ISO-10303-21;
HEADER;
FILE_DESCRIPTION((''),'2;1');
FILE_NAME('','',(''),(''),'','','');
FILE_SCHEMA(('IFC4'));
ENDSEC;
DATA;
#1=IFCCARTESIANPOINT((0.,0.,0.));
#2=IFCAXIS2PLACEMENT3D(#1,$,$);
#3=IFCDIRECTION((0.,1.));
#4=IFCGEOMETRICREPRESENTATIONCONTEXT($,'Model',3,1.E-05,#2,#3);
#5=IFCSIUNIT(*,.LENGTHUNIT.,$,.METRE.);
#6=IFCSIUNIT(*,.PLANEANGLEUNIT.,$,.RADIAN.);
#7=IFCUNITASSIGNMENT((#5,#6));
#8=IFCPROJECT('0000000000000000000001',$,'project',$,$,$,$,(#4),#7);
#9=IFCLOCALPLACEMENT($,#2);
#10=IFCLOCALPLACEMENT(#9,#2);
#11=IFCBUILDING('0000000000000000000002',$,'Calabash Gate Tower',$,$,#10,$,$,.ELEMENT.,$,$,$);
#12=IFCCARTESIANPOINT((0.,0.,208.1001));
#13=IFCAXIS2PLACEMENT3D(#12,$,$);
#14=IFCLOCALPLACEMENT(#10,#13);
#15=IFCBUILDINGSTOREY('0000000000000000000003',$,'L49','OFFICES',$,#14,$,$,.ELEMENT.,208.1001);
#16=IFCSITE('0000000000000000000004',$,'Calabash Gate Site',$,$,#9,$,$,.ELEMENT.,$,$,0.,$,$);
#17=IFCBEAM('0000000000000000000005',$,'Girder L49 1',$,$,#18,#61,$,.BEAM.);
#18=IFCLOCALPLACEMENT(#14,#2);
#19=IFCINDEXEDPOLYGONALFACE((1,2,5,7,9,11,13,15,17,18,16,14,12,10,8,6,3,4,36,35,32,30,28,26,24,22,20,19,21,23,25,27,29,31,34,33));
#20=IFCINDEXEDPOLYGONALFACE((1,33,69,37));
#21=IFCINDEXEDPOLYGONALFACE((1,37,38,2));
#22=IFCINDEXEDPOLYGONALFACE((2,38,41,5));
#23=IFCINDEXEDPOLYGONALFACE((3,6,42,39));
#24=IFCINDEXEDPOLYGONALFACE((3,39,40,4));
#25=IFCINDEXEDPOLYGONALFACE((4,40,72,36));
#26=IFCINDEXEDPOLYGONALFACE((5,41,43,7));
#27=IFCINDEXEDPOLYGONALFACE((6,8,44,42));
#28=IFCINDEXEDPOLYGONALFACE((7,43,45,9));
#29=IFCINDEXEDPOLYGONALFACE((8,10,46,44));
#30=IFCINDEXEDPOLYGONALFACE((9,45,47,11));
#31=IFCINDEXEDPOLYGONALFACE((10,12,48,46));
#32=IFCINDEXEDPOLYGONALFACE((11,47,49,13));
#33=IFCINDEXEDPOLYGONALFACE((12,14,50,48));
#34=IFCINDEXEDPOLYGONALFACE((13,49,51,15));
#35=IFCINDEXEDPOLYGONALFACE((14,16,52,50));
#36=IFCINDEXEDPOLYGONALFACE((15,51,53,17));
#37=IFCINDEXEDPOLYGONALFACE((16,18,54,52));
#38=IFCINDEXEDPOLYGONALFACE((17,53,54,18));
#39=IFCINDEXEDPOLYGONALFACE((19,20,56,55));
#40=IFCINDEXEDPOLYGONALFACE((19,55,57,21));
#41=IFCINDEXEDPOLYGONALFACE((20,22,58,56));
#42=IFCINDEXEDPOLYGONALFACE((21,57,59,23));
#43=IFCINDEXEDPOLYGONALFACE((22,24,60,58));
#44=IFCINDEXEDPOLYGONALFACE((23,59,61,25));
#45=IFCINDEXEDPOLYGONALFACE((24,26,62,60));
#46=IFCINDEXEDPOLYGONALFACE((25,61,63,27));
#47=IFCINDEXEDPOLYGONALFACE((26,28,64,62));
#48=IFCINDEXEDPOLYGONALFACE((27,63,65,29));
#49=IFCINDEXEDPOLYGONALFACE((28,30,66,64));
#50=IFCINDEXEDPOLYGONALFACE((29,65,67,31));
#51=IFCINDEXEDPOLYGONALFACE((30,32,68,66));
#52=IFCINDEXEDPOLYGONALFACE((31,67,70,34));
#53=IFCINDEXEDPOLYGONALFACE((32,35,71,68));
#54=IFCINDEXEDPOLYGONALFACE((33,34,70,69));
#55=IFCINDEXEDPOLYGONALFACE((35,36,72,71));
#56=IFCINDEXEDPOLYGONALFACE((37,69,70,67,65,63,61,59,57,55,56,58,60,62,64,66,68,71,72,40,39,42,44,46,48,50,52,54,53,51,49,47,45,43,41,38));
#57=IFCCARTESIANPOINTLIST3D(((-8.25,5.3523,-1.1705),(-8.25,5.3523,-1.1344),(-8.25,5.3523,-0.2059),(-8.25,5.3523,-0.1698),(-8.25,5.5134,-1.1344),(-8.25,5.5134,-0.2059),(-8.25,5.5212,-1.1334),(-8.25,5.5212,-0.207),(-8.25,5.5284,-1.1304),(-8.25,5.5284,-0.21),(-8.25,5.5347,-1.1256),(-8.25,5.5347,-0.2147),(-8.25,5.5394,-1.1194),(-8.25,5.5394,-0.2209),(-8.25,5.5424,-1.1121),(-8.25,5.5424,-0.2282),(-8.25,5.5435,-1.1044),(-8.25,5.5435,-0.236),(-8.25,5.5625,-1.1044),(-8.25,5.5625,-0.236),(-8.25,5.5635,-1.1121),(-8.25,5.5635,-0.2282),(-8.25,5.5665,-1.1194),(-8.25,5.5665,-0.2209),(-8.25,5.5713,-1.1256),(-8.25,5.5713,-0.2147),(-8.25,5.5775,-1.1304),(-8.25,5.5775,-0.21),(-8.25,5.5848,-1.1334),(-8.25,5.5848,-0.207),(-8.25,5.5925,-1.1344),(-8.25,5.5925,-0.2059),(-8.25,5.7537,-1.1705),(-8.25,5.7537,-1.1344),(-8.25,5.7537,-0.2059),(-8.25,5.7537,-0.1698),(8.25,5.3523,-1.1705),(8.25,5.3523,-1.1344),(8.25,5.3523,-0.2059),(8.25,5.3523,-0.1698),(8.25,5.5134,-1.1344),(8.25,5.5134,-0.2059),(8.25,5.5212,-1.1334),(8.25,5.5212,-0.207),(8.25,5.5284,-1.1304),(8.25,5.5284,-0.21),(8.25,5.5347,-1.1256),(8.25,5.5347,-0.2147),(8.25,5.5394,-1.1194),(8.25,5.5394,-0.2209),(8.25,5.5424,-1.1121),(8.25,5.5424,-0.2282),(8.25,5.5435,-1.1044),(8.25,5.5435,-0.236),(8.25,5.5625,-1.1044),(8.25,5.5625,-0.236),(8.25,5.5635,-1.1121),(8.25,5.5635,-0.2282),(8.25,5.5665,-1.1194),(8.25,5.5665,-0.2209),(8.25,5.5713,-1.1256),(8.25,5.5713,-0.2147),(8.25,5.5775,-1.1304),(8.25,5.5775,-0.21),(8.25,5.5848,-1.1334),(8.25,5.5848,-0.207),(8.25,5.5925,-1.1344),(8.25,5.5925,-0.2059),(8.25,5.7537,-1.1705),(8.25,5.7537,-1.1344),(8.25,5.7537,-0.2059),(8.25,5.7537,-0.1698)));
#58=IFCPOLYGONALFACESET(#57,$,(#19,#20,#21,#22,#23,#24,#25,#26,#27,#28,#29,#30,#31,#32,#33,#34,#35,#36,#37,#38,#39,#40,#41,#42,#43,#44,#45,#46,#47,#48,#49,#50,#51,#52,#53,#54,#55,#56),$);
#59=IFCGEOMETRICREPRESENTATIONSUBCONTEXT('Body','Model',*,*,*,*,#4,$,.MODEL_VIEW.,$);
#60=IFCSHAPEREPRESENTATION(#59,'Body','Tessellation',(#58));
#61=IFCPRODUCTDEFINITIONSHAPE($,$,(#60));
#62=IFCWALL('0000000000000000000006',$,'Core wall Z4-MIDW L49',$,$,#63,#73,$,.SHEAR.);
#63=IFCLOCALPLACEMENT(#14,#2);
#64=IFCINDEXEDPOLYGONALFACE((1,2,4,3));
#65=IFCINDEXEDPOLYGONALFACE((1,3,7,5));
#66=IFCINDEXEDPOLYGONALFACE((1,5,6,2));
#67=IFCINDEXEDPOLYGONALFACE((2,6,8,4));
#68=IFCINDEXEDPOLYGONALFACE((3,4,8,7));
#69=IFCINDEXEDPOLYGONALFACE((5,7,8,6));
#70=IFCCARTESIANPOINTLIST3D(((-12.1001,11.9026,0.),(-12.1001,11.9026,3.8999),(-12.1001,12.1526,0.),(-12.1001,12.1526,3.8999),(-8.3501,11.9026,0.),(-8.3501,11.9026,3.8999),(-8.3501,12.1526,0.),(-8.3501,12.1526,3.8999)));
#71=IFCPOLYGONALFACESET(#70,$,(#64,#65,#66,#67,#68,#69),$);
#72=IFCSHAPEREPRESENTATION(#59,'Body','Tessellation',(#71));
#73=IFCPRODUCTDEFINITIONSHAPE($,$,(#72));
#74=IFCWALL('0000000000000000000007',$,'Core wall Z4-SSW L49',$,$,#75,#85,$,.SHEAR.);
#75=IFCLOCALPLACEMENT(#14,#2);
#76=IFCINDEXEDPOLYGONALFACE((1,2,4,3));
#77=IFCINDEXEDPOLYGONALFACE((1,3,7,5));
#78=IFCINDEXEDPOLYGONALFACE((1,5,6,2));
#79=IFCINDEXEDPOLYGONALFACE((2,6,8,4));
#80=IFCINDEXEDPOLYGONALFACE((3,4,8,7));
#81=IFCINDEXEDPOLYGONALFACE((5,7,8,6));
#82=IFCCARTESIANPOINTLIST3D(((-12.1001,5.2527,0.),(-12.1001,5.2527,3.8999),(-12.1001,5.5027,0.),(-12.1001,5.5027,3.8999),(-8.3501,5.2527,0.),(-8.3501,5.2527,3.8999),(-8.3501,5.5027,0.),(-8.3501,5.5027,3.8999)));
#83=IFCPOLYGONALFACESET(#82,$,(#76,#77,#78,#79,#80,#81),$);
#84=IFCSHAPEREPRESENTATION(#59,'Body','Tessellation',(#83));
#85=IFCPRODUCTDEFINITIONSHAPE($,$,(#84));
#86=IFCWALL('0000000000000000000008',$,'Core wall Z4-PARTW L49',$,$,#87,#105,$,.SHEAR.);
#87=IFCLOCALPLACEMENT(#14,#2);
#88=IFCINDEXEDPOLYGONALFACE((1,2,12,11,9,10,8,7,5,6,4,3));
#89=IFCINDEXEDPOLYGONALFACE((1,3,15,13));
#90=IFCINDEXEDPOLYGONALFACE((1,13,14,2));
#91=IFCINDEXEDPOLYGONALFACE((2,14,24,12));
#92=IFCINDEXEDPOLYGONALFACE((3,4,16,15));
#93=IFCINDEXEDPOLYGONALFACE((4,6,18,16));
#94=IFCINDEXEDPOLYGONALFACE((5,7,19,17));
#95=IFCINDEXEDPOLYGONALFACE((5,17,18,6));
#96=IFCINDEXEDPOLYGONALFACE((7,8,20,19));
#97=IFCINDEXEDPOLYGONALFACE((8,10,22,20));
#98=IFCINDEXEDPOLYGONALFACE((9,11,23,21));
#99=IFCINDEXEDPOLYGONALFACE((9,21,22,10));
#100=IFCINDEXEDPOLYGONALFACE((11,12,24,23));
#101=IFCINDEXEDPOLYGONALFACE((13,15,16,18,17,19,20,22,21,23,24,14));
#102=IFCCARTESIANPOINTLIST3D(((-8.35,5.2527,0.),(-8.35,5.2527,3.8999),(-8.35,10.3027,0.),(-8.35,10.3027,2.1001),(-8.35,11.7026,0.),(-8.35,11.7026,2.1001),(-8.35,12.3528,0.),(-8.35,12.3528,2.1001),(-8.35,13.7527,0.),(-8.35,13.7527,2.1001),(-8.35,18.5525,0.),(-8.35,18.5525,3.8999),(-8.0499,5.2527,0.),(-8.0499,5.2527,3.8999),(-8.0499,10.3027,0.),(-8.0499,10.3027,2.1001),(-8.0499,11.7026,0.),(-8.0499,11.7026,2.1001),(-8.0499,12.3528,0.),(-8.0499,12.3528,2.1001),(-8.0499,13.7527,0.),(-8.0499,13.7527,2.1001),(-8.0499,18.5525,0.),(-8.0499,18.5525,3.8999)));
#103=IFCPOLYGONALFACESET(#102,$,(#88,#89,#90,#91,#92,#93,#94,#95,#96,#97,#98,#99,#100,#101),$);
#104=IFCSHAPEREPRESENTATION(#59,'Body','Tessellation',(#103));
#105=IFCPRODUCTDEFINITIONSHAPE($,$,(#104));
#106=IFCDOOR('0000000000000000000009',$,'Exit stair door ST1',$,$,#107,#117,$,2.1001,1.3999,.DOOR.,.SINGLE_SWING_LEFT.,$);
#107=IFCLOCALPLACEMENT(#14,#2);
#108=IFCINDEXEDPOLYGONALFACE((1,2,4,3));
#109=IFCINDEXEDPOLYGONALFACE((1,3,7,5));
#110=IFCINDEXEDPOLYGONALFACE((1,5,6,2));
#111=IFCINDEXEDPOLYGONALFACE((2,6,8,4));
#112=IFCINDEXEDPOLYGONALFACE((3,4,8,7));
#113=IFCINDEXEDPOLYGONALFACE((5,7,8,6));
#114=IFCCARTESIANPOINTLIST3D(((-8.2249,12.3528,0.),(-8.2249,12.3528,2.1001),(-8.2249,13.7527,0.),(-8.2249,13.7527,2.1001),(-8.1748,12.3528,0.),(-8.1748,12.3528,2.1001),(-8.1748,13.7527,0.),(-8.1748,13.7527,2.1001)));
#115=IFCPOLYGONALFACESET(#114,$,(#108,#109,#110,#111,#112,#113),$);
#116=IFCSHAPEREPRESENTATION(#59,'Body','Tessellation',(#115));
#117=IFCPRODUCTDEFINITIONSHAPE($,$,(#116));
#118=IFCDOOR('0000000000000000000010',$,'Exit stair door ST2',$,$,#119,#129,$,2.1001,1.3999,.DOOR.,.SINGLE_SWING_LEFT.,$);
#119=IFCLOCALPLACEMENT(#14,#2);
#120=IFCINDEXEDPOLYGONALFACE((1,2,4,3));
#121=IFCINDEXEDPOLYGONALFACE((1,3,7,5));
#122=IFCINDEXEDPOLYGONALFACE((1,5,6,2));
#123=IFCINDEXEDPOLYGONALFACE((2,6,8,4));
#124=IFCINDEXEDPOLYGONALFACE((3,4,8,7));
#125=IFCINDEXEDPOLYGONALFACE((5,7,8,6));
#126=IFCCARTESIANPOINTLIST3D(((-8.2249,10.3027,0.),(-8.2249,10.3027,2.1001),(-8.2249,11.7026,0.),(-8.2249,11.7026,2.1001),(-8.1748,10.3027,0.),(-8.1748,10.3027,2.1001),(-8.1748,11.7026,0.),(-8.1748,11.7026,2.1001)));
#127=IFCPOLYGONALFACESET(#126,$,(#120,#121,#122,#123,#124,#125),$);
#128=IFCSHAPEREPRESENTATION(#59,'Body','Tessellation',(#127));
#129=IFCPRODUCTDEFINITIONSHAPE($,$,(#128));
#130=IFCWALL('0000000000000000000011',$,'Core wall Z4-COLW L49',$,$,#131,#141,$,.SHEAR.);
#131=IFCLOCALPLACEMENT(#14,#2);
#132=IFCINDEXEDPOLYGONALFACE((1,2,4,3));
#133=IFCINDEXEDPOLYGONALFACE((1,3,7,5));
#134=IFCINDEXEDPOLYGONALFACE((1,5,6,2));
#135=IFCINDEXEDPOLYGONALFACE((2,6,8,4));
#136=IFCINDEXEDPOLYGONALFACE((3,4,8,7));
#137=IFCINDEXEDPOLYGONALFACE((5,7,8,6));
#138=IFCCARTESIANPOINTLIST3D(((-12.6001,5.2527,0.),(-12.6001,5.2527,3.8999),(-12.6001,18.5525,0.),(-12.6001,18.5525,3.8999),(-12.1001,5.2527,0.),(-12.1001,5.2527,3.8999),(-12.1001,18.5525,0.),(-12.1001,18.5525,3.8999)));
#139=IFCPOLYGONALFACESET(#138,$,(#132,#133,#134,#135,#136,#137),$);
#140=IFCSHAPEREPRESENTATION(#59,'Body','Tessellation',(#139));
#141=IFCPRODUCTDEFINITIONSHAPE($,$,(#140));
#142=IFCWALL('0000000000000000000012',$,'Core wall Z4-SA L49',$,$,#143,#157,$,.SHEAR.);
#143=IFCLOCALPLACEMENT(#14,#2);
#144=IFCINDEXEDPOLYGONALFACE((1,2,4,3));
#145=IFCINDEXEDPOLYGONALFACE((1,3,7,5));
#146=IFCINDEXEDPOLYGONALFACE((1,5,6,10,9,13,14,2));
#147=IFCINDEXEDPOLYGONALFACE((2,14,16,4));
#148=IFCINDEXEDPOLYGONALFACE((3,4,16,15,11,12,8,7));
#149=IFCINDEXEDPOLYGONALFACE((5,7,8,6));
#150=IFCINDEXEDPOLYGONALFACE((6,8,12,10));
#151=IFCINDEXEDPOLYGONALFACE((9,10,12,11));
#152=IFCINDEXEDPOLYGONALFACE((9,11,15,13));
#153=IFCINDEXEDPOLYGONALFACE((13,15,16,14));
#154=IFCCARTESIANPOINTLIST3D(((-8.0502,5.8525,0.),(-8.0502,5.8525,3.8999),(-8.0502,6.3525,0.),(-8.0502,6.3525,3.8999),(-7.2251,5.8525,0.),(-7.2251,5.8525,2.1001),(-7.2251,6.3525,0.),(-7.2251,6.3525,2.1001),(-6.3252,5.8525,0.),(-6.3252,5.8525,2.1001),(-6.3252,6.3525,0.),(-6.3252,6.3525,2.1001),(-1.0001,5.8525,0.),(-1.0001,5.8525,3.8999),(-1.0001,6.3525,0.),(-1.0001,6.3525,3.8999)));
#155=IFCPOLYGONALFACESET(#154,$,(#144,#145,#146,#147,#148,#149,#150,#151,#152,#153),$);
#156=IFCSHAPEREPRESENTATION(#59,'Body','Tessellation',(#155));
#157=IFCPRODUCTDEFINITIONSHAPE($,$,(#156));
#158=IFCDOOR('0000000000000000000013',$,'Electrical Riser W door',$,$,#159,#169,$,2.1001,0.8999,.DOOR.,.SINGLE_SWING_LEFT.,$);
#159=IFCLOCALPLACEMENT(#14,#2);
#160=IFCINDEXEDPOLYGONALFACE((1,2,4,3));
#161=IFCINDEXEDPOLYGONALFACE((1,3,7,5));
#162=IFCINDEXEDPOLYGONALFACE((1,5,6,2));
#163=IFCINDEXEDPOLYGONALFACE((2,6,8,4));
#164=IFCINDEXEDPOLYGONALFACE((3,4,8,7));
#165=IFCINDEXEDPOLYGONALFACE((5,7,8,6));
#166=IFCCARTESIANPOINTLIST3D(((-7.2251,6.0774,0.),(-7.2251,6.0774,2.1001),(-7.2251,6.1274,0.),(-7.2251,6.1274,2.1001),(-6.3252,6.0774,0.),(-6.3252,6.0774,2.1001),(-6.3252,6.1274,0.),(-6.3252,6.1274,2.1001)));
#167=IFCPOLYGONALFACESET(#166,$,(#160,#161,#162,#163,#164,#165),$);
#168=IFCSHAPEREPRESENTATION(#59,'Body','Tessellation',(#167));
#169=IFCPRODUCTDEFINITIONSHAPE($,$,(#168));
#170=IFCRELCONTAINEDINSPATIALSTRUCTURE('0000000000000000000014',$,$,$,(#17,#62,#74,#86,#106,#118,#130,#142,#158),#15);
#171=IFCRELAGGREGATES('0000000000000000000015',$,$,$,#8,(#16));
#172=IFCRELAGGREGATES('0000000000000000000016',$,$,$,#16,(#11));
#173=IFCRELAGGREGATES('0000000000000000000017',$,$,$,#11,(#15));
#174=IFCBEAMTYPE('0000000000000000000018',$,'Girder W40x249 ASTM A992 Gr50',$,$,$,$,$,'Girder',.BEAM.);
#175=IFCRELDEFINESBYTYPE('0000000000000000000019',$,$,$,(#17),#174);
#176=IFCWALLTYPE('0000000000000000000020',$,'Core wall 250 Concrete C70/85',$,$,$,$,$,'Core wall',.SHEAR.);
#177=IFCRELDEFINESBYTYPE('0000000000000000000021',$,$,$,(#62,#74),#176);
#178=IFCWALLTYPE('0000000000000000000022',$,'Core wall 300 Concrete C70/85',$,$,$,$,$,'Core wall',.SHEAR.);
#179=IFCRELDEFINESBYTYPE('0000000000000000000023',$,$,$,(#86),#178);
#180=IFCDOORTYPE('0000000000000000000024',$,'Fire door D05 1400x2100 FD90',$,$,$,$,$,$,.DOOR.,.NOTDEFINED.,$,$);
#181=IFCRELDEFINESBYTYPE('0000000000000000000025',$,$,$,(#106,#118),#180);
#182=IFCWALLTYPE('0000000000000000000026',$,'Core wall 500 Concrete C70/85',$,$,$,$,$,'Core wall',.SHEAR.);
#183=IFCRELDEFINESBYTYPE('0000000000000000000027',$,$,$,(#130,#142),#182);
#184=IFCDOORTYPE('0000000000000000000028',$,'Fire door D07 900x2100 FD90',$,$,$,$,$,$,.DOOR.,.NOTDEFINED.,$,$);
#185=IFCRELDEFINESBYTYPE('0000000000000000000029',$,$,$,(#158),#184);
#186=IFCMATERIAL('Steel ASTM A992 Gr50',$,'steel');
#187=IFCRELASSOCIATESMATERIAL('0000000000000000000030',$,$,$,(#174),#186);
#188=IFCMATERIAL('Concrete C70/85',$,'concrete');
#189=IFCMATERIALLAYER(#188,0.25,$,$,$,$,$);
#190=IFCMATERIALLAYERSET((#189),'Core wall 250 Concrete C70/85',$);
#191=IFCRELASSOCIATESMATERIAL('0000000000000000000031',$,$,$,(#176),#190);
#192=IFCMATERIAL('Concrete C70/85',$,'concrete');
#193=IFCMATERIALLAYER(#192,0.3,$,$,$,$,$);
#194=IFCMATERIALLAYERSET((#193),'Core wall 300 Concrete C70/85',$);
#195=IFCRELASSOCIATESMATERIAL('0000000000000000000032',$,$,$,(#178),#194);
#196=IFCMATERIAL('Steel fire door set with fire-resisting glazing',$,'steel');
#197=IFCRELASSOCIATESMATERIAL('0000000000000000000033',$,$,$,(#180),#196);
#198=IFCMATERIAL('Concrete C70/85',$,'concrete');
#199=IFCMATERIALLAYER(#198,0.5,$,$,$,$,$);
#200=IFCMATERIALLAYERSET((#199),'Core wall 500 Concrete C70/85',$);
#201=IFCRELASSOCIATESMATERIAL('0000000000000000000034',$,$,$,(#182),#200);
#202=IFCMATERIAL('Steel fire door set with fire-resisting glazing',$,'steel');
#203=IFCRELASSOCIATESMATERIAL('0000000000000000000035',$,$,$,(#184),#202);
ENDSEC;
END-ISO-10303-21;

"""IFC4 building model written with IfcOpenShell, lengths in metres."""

from ifc_helpers import new_model, si_unit, direction, frame, frame_2d, origin, origin_2d, place, context, subcontext, project, spatial, rectangle, i_section, extrude, material, layer, layer_set, material_profile, profile_set, type_object, element, fill, save


model = new_model("IFC4")

# Units and contexts
model_context = context("Model", 3, precision=1e-05, world=origin(), true_north=direction((0.0, 1.0)))
body_context = subcontext(model_context, "Body", "Model", "MODEL_VIEW")
ifc_project = project(units=[si_unit("LENGTHUNIT", "METRE"), si_unit("PLANEANGLEUNIT", "RADIAN")], contexts=[model_context])

# Site, building, storey
site_placement = place(None, origin())
site = spatial("IfcSite", under=ifc_project, at=site_placement, Name="Calabash Gate Site", CompositionType="ELEMENT", RefElevation=0.0)
building_placement = place(site_placement, origin())
building = spatial("IfcBuilding", under=site, at=building_placement, Name="Calabash Gate Tower", CompositionType="ELEMENT")
storey_placement = place(building_placement, frame((0.0, 0.0, 208.1001)))
storey = spatial("IfcBuildingStorey", under=building, at=storey_placement, Name="L49", Description="OFFICES", CompositionType="ELEMENT", Elevation=208.1001)

# Beam
ifc_material_1 = material(Name="Steel ASTM A992 Gr50", Category="steel")
ifc_material_profile = material_profile(ifc_material_1, i_section(OverallWidth=0.4014, OverallDepth=1.0007, WebThickness=0.019, FlangeThickness=0.0361, FilletRadius=0.03, at=origin_2d()))
ifc_profile_set = profile_set([ifc_material_profile], Name="Steel ASTM A992 Gr50")
beam_type = type_object("IfcBeamType", Name="Girder W40x249 ASTM A992 Gr50", ElementType="Girder", PredefinedType="BEAM", material=ifc_profile_set)
beam_placement = place(storey_placement, frame((-8.25, 5.553, -0.6702), z_axis=(1.0, 0.0, 0.0), x_axis=(0.0, 1.0, 0.0)))
element("IfcBeam", 1, at=beam_placement, inside=storey, type_object=beam_type, Name="Girder L49 1", PredefinedType="BEAM", context=body_context, shape_type="SweptSolid", body=[
    extrude(i_section(OverallWidth=0.4014, OverallDepth=1.0007, WebThickness=0.019, FlangeThickness=0.0361, FilletRadius=0.03, at=origin_2d()), origin(), (0.0, 0.0, 1.0), 16.5),
])

# Walls
ifc_material_2 = material(Name="Concrete C70/85", Category="concrete")
ifc_layer_1 = layer(ifc_material_2, 0.25)
ifc_layer_set_1 = layer_set([ifc_layer_1], Name="Core wall 250 Concrete C70/85")
wall_type_1 = type_object("IfcWallType", Name="Core wall 250 Concrete C70/85", ElementType="Core wall", PredefinedType="SHEAR", material=ifc_layer_set_1)
for number, where, z_axis, x_axis, name in (
    (2, (-12.1001, 12.0276, 0.0), (0.0, 0.0, 1.0), (1.0, 0.0, 0.0), "Core wall Z4-MIDW L49"),
    (3, (-12.1001, 5.3777, 0.0), (0.0, 0.0, 1.0), (1.0, 0.0, 0.0), "Core wall Z4-SSW L49"),
):
    element("IfcWall", number, at=place(storey_placement, frame(where, z_axis=z_axis, x_axis=x_axis)), inside=storey, type_object=wall_type_1, Name=name, PredefinedType="SHEAR", context=body_context, shape_type="SweptSolid", body=[
        extrude(rectangle(XDim=3.75, YDim=0.25, at=frame_2d((1.875, 0.0))), origin(), (0.0, 0.0, 1.0), 3.8999),
    ])

# Wall, openings, doors
ifc_material_3 = material(Name="Concrete C70/85", Category="concrete")
ifc_layer_2 = layer(ifc_material_3, 0.3)
ifc_layer_set_2 = layer_set([ifc_layer_2], Name="Core wall 300 Concrete C70/85")
wall_type_2 = type_object("IfcWallType", Name="Core wall 300 Concrete C70/85", ElementType="Core wall", PredefinedType="SHEAR", material=ifc_layer_set_2)
wall_1_placement = place(storey_placement, frame((-8.2, 5.2527, 0.0), z_axis=(0.0, 0.0, 1.0), x_axis=(0.0, 1.0, 0.0)))
wall_1 = element("IfcWall", 4, at=wall_1_placement, inside=storey, type_object=wall_type_2, Name="Core wall Z4-PARTW L49", PredefinedType="SHEAR", context=body_context, shape_type="SweptSolid", body=[
    extrude(rectangle(XDim=13.2998, YDim=0.3, at=frame_2d((6.6499, 0.0))), origin(), (0.0, 0.0, 1.0), 3.8999),
])
opening_1_placement = place(wall_1_placement, frame((7.1001, 0.0, 0.0)))
opening_1 = element("IfcOpeningElement", 5, at=opening_1_placement, cuts=wall_1, PredefinedType="OPENING", context=body_context, shape_type="SweptSolid", body=[
    extrude(rectangle(XDim=1.3999, YDim=2.1001, at=frame_2d((0.7, 1.05))), frame((0.0, 0.1599, 0.0), z_axis=(0.0, -1.0, 0.0), x_axis=(1.0, 0.0, 0.0)), (0.0, 0.0, 1.0), 0.3201),
])
opening_2_placement = place(wall_1_placement, frame((5.05, 0.0, 0.0)))
opening_2 = element("IfcOpeningElement", 6, at=opening_2_placement, cuts=wall_1, PredefinedType="OPENING", context=body_context, shape_type="SweptSolid", body=[
    extrude(rectangle(XDim=1.3999, YDim=2.1001, at=frame_2d((0.7, 1.05))), frame((0.0, 0.1599, 0.0), z_axis=(0.0, -1.0, 0.0), x_axis=(1.0, 0.0, 0.0)), (0.0, 0.0, 1.0), 0.3201),
])
ifc_material_4 = material(Name="Steel fire door set with fire-resisting glazing", Category="steel")
door_type_1 = type_object("IfcDoorType", Name="Fire door D05 1400x2100 FD90", OperationType="NOTDEFINED", PredefinedType="DOOR", material=ifc_material_4)
door_1_placement = place(opening_1_placement, origin())
door_1 = element("IfcDoor", 7, at=door_1_placement, inside=storey, type_object=door_type_1, Name="Exit stair door ST1", OperationType="SINGLE_SWING_LEFT", OverallHeight=2.1001, OverallWidth=1.3999, PredefinedType="DOOR", context=body_context, shape_type="SweptSolid", body=[
    extrude(rectangle(XDim=1.3999, YDim=2.1001, at=frame_2d((0.7, 1.05))), frame((0.0, 0.0249, 0.0), z_axis=(0.0, -1.0, 0.0), x_axis=(1.0, 0.0, 0.0)), (0.0, 0.0, 1.0), 0.05),
])
fill(opening_1, door_1)
door_2_placement = place(opening_2_placement, origin())
door_2 = element("IfcDoor", 8, at=door_2_placement, inside=storey, type_object=door_type_1, Name="Exit stair door ST2", OperationType="SINGLE_SWING_LEFT", OverallHeight=2.1001, OverallWidth=1.3999, PredefinedType="DOOR", context=body_context, shape_type="SweptSolid", body=[
    extrude(rectangle(XDim=1.3999, YDim=2.1001, at=frame_2d((0.7, 1.05))), frame((0.0, 0.0249, 0.0), z_axis=(0.0, -1.0, 0.0), x_axis=(1.0, 0.0, 0.0)), (0.0, 0.0, 1.0), 0.05),
])
fill(opening_2, door_2)

# Wall
ifc_material_5 = material(Name="Concrete C70/85", Category="concrete")
ifc_layer_3 = layer(ifc_material_5, 0.5)
ifc_layer_set_3 = layer_set([ifc_layer_3], Name="Core wall 500 Concrete C70/85")
wall_type_3 = type_object("IfcWallType", Name="Core wall 500 Concrete C70/85", ElementType="Core wall", PredefinedType="SHEAR", material=ifc_layer_set_3)
wall_2_placement = place(storey_placement, frame((-12.3501, 5.2527, 0.0), z_axis=(0.0, 0.0, 1.0), x_axis=(0.0, 1.0, 0.0)))
element("IfcWall", 9, at=wall_2_placement, inside=storey, type_object=wall_type_3, Name="Core wall Z4-COLW L49", PredefinedType="SHEAR", context=body_context, shape_type="SweptSolid", body=[
    extrude(rectangle(XDim=13.2998, YDim=0.5, at=frame_2d((6.6499, 0.0))), origin(), (0.0, 0.0, 1.0), 3.8999),
])

# Wall, opening, door
wall_3_placement = place(storey_placement, frame((-8.05, 6.1025, 0.0), z_axis=(0.0, 0.0, 1.0), x_axis=(1.0, 0.0, 0.0)))
wall_3 = element("IfcWall", 10, at=wall_3_placement, inside=storey, type_object=wall_type_3, Name="Core wall Z4-SA L49", PredefinedType="SHEAR", context=body_context, shape_type="SweptSolid", body=[
    extrude(rectangle(XDim=7.05, YDim=0.5, at=frame_2d((3.5249, 0.0))), origin(), (0.0, 0.0, 1.0), 3.8999),
])
opening_3_placement = place(wall_3_placement, frame((0.825, 0.0, 0.0)))
opening_3 = element("IfcOpeningElement", 11, at=opening_3_placement, cuts=wall_3, PredefinedType="OPENING", context=body_context, shape_type="SweptSolid", body=[
    extrude(rectangle(XDim=0.8999, YDim=2.1001, at=frame_2d((0.45, 1.05))), frame((0.0, 0.26, 0.0), z_axis=(0.0, -1.0, 0.0), x_axis=(1.0, 0.0, 0.0)), (0.0, 0.0, 1.0), 0.52),
])
ifc_material_6 = material(Name="Steel fire door set with fire-resisting glazing", Category="steel")
door_type_2 = type_object("IfcDoorType", Name="Fire door D07 900x2100 FD90", OperationType="NOTDEFINED", PredefinedType="DOOR", material=ifc_material_6)
door_3_placement = place(opening_3_placement, origin())
door_3 = element("IfcDoor", 12, at=door_3_placement, inside=storey, type_object=door_type_2, Name="Electrical Riser W door", OperationType="SINGLE_SWING_LEFT", OverallHeight=2.1001, OverallWidth=0.8999, PredefinedType="DOOR", context=body_context, shape_type="SweptSolid", body=[
    extrude(rectangle(XDim=0.8999, YDim=2.1001, at=frame_2d((0.45, 1.05))), frame((0.0, 0.0249, 0.0), z_axis=(0.0, -1.0, 0.0), x_axis=(1.0, 0.0, 0.0)), (0.0, 0.0, 1.0), 0.05),
])
fill(opening_3, door_3)

save(model, "model.ifc")
